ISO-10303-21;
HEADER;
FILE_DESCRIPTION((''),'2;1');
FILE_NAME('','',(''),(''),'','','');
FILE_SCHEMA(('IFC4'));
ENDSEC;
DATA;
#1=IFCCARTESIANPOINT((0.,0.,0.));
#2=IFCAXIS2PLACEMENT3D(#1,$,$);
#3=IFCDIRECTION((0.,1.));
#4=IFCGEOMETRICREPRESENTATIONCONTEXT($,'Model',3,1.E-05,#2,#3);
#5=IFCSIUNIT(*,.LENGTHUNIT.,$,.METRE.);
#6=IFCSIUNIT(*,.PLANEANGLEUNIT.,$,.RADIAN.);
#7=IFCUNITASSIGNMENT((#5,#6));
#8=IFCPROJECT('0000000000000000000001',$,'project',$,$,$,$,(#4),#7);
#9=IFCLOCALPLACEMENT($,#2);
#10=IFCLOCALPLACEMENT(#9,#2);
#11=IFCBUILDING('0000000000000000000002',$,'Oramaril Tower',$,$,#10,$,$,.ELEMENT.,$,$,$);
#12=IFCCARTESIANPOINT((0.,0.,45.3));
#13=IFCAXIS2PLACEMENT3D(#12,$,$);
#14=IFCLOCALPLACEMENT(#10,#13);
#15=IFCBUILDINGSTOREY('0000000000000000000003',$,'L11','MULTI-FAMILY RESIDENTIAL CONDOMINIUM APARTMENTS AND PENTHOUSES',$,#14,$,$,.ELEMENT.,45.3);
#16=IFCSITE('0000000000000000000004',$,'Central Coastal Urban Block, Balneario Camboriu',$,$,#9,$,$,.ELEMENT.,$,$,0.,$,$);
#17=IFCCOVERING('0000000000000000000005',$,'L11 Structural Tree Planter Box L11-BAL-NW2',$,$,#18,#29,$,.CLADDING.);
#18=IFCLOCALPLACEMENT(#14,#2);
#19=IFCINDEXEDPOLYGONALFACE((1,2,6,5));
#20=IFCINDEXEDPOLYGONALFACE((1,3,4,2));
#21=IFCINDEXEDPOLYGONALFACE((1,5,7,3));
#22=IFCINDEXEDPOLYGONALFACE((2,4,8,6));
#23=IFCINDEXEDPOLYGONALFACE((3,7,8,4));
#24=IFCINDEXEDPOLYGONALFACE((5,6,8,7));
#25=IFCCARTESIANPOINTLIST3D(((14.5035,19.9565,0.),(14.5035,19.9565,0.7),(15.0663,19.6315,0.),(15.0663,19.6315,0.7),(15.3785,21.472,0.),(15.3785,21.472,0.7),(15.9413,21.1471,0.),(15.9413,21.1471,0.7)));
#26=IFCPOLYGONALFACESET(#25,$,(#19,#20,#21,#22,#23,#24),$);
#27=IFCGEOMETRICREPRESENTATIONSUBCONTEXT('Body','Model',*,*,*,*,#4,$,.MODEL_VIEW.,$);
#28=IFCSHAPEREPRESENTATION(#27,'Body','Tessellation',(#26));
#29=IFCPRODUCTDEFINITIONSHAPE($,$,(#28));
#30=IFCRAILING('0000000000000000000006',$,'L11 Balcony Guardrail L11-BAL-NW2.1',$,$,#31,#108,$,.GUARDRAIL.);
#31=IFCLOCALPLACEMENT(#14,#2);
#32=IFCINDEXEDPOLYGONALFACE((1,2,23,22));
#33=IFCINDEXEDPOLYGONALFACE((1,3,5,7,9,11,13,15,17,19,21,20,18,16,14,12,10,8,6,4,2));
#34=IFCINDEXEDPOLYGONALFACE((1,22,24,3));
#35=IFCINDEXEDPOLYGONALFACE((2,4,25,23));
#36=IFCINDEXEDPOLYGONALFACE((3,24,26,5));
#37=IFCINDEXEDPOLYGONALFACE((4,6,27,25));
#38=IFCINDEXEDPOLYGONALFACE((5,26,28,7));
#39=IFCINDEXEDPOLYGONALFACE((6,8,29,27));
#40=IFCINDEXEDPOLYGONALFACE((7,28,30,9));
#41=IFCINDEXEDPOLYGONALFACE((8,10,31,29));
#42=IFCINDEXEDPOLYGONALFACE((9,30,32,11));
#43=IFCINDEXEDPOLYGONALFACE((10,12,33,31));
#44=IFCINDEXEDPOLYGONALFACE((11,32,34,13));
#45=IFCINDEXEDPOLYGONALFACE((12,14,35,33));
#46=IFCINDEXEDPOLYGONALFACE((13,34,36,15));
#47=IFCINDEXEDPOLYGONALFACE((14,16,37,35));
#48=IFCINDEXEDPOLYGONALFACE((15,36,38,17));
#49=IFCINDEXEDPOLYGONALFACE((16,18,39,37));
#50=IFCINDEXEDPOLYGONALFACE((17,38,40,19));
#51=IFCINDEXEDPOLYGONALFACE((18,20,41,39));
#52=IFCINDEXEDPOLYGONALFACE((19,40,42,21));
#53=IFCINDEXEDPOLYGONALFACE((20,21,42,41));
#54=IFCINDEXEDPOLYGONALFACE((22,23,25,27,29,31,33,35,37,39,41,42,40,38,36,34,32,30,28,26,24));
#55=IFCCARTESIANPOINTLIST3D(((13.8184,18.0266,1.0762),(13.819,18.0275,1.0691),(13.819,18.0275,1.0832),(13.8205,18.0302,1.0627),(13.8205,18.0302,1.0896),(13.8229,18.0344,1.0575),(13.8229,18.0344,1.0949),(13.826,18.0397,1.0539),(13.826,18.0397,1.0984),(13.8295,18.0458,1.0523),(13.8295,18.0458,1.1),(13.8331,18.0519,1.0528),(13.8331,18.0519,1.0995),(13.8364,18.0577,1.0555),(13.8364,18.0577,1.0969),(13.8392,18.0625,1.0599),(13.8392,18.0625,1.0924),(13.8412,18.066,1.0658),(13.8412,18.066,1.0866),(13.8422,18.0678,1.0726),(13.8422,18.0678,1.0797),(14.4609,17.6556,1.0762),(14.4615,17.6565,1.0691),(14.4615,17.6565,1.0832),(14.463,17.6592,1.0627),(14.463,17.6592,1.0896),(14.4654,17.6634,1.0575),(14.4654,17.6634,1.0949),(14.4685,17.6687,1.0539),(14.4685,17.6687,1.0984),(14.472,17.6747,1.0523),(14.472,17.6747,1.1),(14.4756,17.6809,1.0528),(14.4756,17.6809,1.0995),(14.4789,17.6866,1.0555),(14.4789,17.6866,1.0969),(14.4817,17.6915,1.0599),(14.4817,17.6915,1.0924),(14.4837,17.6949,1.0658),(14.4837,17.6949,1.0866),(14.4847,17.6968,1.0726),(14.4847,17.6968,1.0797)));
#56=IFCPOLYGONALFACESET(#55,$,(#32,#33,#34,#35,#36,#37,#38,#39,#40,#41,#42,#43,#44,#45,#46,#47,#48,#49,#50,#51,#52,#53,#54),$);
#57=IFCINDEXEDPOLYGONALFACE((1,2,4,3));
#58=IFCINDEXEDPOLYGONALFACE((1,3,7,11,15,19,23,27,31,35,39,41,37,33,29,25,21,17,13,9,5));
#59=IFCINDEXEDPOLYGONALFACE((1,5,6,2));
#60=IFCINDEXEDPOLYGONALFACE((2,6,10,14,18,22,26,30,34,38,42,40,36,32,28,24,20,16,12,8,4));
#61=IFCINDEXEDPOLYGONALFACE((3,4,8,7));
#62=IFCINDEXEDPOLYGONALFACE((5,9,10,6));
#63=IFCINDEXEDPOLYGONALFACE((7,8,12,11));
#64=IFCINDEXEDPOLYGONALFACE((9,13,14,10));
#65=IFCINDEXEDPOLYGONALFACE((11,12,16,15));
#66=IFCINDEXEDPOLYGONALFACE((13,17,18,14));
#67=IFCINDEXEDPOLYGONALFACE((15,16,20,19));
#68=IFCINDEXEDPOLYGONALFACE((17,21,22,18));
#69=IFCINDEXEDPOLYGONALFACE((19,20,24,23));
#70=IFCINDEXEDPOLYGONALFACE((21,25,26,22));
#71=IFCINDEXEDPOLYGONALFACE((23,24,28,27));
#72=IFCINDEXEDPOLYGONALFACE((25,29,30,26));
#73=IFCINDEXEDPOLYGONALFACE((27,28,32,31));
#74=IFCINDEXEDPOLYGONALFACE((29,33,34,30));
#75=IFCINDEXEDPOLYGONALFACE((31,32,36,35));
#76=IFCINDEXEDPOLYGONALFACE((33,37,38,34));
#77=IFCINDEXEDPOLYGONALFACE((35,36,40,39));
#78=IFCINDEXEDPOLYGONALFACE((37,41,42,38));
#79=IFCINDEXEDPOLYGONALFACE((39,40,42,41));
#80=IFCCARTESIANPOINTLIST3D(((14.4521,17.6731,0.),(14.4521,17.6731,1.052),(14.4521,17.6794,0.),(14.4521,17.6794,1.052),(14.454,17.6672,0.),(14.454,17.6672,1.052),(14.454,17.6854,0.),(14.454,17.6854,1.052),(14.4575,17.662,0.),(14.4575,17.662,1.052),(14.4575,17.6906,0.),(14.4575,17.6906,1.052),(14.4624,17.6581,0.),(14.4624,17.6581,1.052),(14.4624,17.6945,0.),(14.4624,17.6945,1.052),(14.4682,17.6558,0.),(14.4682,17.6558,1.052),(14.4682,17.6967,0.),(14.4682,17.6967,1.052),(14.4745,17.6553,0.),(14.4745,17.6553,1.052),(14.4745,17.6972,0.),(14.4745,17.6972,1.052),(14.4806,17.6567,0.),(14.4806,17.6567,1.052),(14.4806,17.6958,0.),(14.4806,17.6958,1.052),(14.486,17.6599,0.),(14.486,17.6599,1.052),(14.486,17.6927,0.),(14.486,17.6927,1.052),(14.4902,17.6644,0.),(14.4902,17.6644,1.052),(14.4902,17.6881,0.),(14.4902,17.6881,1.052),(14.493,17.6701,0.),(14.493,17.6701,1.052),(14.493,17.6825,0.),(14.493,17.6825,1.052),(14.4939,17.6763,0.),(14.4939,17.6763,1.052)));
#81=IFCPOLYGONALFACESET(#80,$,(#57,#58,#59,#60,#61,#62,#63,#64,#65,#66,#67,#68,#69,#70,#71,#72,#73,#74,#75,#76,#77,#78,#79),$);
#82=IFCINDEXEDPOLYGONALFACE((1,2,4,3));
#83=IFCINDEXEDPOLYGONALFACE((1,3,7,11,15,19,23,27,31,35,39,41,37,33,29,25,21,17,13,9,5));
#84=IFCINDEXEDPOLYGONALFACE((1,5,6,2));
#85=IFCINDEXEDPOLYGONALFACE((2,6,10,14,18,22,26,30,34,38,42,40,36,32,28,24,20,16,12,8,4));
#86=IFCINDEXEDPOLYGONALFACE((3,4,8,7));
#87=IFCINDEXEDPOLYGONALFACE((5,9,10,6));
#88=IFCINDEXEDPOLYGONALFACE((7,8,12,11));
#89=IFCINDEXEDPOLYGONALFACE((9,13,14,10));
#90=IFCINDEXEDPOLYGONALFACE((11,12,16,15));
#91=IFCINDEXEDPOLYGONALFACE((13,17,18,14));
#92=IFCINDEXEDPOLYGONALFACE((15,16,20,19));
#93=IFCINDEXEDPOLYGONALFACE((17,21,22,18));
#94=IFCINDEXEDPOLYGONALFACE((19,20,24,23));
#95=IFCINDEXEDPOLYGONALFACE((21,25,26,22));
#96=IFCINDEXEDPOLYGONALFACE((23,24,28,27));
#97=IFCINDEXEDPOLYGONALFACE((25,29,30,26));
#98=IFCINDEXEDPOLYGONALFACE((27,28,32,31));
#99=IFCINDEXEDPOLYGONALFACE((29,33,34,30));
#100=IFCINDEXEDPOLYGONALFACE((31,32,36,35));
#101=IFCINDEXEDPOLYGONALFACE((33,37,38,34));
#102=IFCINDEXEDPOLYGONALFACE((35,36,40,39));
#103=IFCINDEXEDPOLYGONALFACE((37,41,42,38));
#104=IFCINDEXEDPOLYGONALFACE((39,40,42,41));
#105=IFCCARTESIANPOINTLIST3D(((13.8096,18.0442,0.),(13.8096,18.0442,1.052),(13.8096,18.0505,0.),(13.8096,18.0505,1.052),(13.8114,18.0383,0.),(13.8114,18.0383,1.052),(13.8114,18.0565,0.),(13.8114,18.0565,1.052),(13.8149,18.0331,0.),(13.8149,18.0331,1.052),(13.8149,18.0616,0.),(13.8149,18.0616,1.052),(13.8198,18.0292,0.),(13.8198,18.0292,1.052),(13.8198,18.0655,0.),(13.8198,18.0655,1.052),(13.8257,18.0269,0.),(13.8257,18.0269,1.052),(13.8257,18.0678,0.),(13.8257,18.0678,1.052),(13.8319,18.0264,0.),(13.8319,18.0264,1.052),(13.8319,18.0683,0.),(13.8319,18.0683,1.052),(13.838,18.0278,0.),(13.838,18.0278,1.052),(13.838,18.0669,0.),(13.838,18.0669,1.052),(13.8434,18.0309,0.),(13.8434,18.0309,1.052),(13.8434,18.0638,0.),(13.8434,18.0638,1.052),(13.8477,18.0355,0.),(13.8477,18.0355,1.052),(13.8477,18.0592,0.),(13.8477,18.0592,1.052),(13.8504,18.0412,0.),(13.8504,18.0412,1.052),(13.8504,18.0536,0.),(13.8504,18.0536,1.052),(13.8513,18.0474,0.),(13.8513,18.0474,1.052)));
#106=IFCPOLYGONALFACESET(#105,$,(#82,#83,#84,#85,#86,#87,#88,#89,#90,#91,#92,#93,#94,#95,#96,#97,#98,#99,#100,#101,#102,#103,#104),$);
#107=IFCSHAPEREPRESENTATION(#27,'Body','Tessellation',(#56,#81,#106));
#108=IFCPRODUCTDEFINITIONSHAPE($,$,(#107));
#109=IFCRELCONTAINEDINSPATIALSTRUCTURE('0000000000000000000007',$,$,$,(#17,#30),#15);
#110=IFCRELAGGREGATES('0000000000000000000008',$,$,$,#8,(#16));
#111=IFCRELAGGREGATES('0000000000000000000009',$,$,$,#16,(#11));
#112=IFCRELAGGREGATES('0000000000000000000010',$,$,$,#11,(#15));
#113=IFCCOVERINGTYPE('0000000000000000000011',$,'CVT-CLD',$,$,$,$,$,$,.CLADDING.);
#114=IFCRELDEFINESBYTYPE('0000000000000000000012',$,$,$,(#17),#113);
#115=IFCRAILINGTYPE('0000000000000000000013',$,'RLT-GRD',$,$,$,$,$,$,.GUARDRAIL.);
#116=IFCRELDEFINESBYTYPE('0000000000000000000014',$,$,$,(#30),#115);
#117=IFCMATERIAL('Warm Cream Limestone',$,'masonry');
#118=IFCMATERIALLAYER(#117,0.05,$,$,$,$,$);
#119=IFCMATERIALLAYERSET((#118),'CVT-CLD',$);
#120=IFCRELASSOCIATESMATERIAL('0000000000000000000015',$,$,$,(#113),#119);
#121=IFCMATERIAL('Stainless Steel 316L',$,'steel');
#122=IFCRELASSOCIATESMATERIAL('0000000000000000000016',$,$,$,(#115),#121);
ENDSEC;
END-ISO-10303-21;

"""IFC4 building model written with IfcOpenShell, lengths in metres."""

from ifc_helpers import new_model, si_unit, direction, frame, origin, origin_2d, place, context, subcontext, project, spatial, rectangle, circle, extrude, material, layer, layer_set, type_object, element, save


model = new_model("IFC4")

# Units and contexts
model_context = context("Model", 3, precision=1e-05, world=origin(), true_north=direction((0.0, 1.0)))
body_context = subcontext(model_context, "Body", "Model", "MODEL_VIEW")
ifc_project = project(units=[si_unit("LENGTHUNIT", "METRE"), si_unit("PLANEANGLEUNIT", "RADIAN")], contexts=[model_context])

# Site, building, storey
site_placement = place(None, origin())
site = spatial("IfcSite", under=ifc_project, at=site_placement, Name="Central Coastal Urban Block, Balneario Camboriu", CompositionType="ELEMENT", RefElevation=0.0)
building_placement = place(site_placement, origin())
building = spatial("IfcBuilding", under=site, at=building_placement, Name="Oramaril Tower", CompositionType="ELEMENT")
storey_placement = place(building_placement, frame((0.0, 0.0, 45.3)))
storey = spatial("IfcBuildingStorey", under=building, at=storey_placement, Name="L11", Description="MULTI-FAMILY RESIDENTIAL CONDOMINIUM APARTMENTS AND PENTHOUSES", CompositionType="ELEMENT", Elevation=45.3)

# Covering
ifc_material_1 = material(Name="Warm Cream Limestone", Category="masonry")
ifc_layer_1 = layer(ifc_material_1, 0.05)
ifc_layer_set_1 = layer_set([ifc_layer_1], Name="CVT-CLD")
covering_type = type_object("IfcCoveringType", Name="CVT-CLD", PredefinedType="CLADDING", material=ifc_layer_set_1)
covering_1_placement = place(storey_placement, frame((15.2224, 20.5518, 0.0), z_axis=(0.0, 0.0, 1.0), x_axis=(-0.500002, -0.866025, 0.0)))
element("IfcCovering", 1, at=covering_1_placement, inside=storey, type_object=covering_type, Name="L11 Structural Tree Planter Box L11-BAL-NW2", PredefinedType="CLADDING", context=body_context, shape_type="SweptSolid", body=[
    extrude(rectangle(XDim=1.75, YDim=0.6499, at=origin_2d()), origin(), (0.0, 0.0, 1.0), 0.7),
])

# Railing
ifc_material_2 = material(Name="Stainless Steel 316L", Category="steel")
railing_type = type_object("IfcRailingType", Name="RLT-GRD", PredefinedType="GUARDRAIL", material=ifc_material_2)
railing_1_placement = place(storey_placement, frame((14.4729, 17.6763, 0.0)))
element("IfcRailing", 2, at=railing_1_placement, inside=storey, type_object=railing_type, Name="L11 Balcony Guardrail L11-BAL-NW2.1", PredefinedType="GUARDRAIL", context=body_context, shape_type="SweptSolid", body=[
    extrude(circle(Radius=0.0239, at=origin_2d()), frame((0.0, 0.0, 1.0762), z_axis=(-0.865966, 0.500102, 0.0), x_axis=(-0.500102, -0.865966, 0.0)), (0.0, 0.0, 1.0), 0.7419),
    extrude(circle(Radius=0.021, at=origin_2d()), origin(), (0.0, 0.0, 1.0), 1.052),
    extrude(circle(Radius=0.021, at=origin_2d()), frame((-0.6426, 0.3711, 0.0)), (0.0, 0.0, 1.0), 1.052),
])

save(model, "model.ifc")
